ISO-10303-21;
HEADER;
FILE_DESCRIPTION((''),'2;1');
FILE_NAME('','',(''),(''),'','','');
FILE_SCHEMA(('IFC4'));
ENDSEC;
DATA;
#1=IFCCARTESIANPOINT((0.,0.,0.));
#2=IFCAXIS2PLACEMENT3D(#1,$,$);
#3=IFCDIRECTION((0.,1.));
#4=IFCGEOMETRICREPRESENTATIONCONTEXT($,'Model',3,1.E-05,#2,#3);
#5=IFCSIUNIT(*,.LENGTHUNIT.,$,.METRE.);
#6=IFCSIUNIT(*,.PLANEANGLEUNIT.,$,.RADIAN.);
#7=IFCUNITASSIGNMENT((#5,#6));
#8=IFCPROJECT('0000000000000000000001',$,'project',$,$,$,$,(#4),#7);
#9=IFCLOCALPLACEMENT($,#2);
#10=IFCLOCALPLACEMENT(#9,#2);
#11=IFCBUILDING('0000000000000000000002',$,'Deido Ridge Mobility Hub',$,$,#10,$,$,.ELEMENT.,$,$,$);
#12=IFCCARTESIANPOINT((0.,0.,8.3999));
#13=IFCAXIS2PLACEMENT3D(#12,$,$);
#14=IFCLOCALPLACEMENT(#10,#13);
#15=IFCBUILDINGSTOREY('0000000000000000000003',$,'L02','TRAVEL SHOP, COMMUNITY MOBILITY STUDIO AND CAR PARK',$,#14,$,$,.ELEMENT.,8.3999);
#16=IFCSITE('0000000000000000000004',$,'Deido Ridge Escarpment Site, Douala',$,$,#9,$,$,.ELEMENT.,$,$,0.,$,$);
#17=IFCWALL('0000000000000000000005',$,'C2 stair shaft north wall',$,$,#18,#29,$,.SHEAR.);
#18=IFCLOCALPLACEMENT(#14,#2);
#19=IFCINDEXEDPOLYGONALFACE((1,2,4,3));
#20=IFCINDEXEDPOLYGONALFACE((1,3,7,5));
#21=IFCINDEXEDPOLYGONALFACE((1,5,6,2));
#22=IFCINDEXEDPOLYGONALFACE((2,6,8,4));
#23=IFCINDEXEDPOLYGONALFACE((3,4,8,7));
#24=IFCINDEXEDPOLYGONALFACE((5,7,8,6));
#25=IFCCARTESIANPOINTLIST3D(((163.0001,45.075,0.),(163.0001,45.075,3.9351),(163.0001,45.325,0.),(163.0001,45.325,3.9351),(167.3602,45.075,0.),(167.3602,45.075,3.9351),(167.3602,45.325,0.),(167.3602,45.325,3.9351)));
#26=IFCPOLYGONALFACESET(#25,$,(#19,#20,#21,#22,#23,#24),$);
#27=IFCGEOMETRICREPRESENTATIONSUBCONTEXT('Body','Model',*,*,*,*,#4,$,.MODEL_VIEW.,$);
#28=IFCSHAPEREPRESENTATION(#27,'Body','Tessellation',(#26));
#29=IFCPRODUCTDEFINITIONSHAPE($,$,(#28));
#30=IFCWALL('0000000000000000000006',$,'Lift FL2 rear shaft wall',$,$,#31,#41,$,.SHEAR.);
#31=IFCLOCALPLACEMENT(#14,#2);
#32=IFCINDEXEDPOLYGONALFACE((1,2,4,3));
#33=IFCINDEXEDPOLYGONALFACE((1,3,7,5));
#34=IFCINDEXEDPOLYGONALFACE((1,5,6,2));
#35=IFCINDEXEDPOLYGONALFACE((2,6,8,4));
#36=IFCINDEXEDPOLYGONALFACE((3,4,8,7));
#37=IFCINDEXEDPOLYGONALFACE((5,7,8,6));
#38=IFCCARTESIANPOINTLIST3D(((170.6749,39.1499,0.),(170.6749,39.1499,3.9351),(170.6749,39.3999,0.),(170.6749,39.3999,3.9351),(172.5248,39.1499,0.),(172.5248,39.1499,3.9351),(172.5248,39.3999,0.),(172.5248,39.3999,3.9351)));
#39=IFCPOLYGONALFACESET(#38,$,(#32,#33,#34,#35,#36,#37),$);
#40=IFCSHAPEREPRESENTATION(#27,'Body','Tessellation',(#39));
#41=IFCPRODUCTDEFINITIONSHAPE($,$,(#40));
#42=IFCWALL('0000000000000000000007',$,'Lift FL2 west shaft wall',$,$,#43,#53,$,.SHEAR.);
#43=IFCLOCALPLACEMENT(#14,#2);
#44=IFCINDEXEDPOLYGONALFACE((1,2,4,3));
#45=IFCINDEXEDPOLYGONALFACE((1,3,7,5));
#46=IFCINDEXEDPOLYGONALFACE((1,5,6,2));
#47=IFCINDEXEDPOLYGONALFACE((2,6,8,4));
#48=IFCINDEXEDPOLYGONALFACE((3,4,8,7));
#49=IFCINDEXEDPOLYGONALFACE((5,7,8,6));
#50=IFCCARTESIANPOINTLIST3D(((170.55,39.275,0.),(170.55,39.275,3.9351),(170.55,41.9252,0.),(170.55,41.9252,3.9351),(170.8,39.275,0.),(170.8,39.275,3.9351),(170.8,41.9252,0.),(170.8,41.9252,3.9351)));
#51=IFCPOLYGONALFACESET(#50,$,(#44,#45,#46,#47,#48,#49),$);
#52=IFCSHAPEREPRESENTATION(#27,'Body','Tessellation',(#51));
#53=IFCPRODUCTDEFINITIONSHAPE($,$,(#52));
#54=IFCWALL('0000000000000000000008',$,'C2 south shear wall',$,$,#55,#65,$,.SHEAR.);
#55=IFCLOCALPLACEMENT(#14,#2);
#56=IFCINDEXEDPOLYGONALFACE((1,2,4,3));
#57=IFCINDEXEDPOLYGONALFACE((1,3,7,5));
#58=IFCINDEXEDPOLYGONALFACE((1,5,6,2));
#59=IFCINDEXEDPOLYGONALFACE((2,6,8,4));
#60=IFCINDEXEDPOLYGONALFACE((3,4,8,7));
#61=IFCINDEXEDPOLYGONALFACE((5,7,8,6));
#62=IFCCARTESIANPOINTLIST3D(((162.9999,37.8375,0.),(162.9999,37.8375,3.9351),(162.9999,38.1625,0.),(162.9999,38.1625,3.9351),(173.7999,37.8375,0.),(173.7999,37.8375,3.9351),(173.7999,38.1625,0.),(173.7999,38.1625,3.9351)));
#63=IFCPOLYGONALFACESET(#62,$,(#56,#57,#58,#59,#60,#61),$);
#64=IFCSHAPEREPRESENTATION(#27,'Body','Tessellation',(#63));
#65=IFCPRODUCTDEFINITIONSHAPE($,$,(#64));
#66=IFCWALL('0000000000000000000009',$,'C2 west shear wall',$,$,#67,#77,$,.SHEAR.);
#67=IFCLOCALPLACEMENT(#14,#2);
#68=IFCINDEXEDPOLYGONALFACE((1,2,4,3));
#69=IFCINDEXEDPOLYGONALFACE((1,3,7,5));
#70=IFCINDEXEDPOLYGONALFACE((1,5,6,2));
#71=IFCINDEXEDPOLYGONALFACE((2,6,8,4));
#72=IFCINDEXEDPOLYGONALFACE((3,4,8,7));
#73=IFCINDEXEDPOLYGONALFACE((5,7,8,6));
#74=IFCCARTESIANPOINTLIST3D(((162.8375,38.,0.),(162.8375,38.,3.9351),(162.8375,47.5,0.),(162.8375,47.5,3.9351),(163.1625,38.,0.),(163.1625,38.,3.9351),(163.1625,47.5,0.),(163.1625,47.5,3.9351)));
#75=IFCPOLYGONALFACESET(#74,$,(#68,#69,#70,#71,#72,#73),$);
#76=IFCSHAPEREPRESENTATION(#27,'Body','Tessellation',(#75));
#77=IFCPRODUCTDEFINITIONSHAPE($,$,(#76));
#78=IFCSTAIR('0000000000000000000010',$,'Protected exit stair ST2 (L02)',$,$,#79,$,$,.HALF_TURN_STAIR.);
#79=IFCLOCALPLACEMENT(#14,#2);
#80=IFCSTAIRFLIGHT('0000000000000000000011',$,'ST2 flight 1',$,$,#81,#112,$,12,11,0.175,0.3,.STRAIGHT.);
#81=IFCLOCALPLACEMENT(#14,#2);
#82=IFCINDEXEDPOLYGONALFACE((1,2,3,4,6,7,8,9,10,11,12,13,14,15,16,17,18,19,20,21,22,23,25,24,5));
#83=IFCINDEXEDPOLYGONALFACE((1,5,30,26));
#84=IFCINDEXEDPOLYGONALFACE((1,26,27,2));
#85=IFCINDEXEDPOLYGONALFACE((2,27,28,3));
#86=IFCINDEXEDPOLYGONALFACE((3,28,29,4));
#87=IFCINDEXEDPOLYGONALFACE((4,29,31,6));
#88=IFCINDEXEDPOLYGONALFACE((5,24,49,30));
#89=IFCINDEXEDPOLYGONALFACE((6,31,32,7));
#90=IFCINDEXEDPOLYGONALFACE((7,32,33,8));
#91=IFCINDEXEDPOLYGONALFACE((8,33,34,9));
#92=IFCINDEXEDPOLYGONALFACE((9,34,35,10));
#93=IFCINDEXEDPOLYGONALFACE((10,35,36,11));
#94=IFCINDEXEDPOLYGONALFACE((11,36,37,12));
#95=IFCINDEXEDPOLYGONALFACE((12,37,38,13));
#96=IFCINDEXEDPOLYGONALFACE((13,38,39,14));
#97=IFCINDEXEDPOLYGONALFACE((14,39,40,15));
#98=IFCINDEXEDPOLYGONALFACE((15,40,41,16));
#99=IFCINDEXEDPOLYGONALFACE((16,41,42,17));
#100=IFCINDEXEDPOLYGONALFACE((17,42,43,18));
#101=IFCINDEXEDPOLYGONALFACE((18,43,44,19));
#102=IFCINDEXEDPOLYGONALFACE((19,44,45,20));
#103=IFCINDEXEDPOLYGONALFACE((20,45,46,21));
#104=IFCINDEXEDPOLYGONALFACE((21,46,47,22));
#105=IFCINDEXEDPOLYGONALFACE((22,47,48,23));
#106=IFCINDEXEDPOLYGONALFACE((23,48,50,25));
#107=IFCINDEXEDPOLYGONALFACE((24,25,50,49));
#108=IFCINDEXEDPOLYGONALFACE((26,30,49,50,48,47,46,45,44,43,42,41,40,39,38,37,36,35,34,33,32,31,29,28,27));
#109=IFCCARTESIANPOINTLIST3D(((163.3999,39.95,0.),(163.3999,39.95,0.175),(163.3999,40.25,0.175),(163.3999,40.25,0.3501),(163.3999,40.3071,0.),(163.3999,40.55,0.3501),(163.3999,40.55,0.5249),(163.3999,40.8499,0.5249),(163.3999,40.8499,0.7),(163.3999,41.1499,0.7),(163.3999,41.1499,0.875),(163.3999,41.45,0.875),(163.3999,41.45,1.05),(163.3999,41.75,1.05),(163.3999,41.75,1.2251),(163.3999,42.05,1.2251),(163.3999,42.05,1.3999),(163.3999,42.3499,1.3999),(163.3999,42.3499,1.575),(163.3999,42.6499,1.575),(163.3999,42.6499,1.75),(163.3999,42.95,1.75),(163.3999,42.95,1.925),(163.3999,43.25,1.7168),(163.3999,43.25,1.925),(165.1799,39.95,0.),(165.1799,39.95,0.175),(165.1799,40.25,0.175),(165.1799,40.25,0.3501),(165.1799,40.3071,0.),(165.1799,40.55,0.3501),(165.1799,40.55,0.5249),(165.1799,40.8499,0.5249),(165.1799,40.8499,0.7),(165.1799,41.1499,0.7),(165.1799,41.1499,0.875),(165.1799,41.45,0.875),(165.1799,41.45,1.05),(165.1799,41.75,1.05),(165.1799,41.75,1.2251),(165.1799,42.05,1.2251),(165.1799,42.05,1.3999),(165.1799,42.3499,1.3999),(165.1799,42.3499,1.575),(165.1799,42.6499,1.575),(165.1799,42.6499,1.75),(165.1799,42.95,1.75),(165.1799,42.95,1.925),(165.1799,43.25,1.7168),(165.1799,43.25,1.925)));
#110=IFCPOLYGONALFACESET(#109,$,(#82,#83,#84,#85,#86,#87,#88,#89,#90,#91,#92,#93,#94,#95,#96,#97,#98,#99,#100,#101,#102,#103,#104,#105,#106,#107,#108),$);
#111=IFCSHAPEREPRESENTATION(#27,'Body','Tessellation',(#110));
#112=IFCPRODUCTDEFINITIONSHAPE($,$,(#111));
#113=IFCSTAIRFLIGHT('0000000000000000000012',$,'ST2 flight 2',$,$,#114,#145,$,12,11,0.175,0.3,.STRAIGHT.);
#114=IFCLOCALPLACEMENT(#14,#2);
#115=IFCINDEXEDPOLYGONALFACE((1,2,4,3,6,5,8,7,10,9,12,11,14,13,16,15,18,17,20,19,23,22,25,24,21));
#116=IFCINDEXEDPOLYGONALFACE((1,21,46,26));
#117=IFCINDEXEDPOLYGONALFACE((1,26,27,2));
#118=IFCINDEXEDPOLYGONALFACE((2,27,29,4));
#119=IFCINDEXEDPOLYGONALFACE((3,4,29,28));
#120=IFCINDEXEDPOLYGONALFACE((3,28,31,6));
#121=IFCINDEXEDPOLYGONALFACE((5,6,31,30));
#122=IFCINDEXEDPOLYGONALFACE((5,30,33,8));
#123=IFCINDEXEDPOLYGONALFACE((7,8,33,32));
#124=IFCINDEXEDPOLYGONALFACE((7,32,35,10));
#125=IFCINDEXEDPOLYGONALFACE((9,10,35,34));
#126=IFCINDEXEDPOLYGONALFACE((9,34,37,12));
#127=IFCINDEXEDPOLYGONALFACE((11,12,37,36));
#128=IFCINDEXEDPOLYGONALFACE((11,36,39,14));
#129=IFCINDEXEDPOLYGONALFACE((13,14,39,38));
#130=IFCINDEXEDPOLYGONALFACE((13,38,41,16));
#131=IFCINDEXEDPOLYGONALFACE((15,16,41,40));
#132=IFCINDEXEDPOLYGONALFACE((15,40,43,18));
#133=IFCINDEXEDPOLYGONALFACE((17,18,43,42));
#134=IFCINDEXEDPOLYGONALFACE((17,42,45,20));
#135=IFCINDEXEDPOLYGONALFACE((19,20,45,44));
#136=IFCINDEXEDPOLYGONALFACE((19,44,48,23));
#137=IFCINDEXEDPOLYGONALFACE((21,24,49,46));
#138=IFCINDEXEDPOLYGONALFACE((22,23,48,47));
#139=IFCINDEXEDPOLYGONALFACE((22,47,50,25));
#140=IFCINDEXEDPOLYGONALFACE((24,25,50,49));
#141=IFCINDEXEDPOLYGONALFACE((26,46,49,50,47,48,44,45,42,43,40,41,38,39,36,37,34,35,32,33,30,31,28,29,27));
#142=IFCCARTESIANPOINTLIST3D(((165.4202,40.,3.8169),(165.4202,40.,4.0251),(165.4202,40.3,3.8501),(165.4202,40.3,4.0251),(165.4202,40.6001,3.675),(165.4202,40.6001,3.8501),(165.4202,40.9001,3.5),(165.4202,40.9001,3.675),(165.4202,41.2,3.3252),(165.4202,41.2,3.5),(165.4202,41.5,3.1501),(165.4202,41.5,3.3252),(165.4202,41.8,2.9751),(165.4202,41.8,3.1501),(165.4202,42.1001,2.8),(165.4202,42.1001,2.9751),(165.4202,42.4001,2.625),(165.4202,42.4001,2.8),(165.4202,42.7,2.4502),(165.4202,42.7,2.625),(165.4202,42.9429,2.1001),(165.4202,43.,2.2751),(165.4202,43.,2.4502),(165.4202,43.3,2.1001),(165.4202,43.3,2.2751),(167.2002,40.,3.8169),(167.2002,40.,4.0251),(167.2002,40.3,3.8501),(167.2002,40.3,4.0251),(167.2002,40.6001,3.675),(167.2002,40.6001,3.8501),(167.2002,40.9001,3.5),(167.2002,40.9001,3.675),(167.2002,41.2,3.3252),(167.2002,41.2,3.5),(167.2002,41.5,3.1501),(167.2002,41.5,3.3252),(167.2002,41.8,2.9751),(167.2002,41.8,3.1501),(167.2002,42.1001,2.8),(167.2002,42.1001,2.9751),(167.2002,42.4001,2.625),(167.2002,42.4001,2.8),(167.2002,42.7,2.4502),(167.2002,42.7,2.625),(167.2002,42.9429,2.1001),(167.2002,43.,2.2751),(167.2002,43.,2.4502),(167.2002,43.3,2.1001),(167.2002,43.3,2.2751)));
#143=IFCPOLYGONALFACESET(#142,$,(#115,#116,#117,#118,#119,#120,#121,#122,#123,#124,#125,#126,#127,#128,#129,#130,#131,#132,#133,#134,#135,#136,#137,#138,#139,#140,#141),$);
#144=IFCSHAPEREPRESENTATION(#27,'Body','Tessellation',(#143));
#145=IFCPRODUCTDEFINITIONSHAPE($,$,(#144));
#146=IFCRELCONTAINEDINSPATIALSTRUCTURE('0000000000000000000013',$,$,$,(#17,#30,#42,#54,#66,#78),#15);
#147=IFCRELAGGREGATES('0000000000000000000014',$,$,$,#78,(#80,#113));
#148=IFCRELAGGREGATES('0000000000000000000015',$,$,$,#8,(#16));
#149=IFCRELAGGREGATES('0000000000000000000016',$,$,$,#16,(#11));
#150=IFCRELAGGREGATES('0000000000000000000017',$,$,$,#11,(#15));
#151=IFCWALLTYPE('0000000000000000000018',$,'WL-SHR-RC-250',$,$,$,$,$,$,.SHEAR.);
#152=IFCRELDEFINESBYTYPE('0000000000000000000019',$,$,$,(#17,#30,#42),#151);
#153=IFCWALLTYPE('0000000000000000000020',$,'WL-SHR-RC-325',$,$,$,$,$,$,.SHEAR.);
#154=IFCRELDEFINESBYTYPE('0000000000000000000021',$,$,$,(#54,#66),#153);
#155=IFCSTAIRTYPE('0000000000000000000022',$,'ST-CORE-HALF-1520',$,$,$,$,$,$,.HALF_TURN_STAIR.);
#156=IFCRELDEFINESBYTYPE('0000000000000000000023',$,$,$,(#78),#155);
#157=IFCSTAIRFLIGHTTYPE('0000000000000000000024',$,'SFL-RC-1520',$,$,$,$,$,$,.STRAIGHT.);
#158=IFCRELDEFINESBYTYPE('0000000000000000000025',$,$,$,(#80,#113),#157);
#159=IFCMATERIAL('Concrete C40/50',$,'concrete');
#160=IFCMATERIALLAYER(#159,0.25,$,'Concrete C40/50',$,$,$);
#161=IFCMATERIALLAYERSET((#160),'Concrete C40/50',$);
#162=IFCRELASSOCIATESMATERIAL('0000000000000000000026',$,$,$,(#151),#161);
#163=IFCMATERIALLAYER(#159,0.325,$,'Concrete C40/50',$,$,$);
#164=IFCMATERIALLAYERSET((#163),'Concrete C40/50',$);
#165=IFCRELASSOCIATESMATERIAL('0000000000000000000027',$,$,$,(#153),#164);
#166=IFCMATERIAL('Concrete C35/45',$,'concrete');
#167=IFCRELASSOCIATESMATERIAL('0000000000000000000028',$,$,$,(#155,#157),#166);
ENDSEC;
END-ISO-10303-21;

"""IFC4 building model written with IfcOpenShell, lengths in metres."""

from ifc_helpers import new_model, si_unit, direction, frame, frame_2d, origin, place, context, subcontext, project, spatial, polyline, rectangle, outline, extrude, material, layer, layer_set, type_object, element, aggregate, save


model = new_model("IFC4")

# Units and contexts
model_context = context("Model", 3, precision=1e-05, world=origin(), true_north=direction((0.0, 1.0)))
body_context = subcontext(model_context, "Body", "Model", "MODEL_VIEW")
ifc_project = project(units=[si_unit("LENGTHUNIT", "METRE"), si_unit("PLANEANGLEUNIT", "RADIAN")], contexts=[model_context])

# Site, building, storey
site_placement = place(None, origin())
site = spatial("IfcSite", under=ifc_project, at=site_placement, Name="Deido Ridge Escarpment Site, Douala", CompositionType="ELEMENT", RefElevation=0.0)
building_placement = place(site_placement, origin())
building = spatial("IfcBuilding", under=site, at=building_placement, Name="Deido Ridge Mobility Hub", CompositionType="ELEMENT")
storey_placement = place(building_placement, frame((0.0, 0.0, 8.3999)))
storey = spatial("IfcBuildingStorey", under=building, at=storey_placement, Name="L02", Description="TRAVEL SHOP, COMMUNITY MOBILITY STUDIO AND CAR PARK", CompositionType="ELEMENT", Elevation=8.3999)

# Shared definitions
ifc_material_1 = material(Name="Concrete C40/50", Category="concrete")
ifc_layer_1 = layer(ifc_material_1, 0.25, Name="Concrete C40/50")
ifc_layer_set_1 = layer_set([ifc_layer_1], Name="Concrete C40/50")
wall_type_1 = type_object("IfcWallType", Name="WL-SHR-RC-250", PredefinedType="SHEAR", material=ifc_layer_set_1)

# Walls
wall_1_placement = place(storey_placement, frame((163.0, 45.2, 0.0), z_axis=(0.0, 0.0, 1.0), x_axis=(1.0, 0.0, 0.0)))
element("IfcWall", 1, at=wall_1_placement, inside=storey, type_object=wall_type_1, Name="C2 stair shaft north wall", PredefinedType="SHEAR", context=body_context, shape_type="SweptSolid", body=[
    extrude(rectangle(XDim=4.3601, YDim=0.25, at=frame_2d((2.1802, 0.0))), origin(), (0.0, 0.0, 1.0), 3.9351),
])
wall_2_placement = place(storey_placement, frame((170.675, 39.2749, 0.0), z_axis=(0.0, 0.0, 1.0), x_axis=(1.0, 0.0, 0.0)))
element("IfcWall", 2, at=wall_2_placement, inside=storey, type_object=wall_type_1, Name="Lift FL2 rear shaft wall", PredefinedType="SHEAR", context=body_context, shape_type="SweptSolid", body=[
    extrude(rectangle(XDim=1.8499, YDim=0.25, at=frame_2d((0.9248, 0.0))), origin(), (0.0, 0.0, 1.0), 3.9351),
])
wall_3_placement = place(storey_placement, frame((170.675, 39.2749, 0.0), z_axis=(0.0, 0.0, 1.0), x_axis=(0.0, 1.0, 0.0)))
element("IfcWall", 3, at=wall_3_placement, inside=storey, type_object=wall_type_1, Name="Lift FL2 west shaft wall", PredefinedType="SHEAR", context=body_context, shape_type="SweptSolid", body=[
    extrude(rectangle(XDim=2.6501, YDim=0.25, at=frame_2d((1.3252, 0.0))), origin(), (0.0, 0.0, 1.0), 3.9351),
])

# Walls
ifc_layer_2 = layer(ifc_material_1, 0.325, Name="Concrete C40/50")
ifc_layer_set_2 = layer_set([ifc_layer_2], Name="Concrete C40/50")
wall_type_2 = type_object("IfcWallType", Name="WL-SHR-RC-325", PredefinedType="SHEAR", material=ifc_layer_set_2)
wall_4_placement = place(storey_placement, frame((163.0, 38.0, 0.0), z_axis=(0.0, 0.0, 1.0), x_axis=(1.0, 0.0, 0.0)))
element("IfcWall", 4, at=wall_4_placement, inside=storey, type_object=wall_type_2, Name="C2 south shear wall", PredefinedType="SHEAR", context=body_context, shape_type="SweptSolid", body=[
    extrude(rectangle(XDim=10.8, YDim=0.325, at=frame_2d((5.3999, 0.0))), origin(), (0.0, 0.0, 1.0), 3.9351),
])
wall_5_placement = place(storey_placement, frame((163.0, 47.5, 0.0), z_axis=(0.0, 0.0, 1.0), x_axis=(0.0, -1.0, 0.0)))
element("IfcWall", 5, at=wall_5_placement, inside=storey, type_object=wall_type_2, Name="C2 west shear wall", PredefinedType="SHEAR", context=body_context, shape_type="SweptSolid", body=[
    extrude(rectangle(XDim=9.5, YDim=0.325, at=frame_2d((4.75, 0.0))), origin(), (0.0, 0.0, 1.0), 3.9351),
])

# Stair, stair flights
ifc_material_2 = material(Name="Concrete C35/45", Category="concrete")
stair_type = type_object("IfcStairType", Name="ST-CORE-HALF-1520", PredefinedType="HALF_TURN_STAIR", material=ifc_material_2)
stair_placement = place(storey_placement, origin())
stair = element("IfcStair", 6, at=stair_placement, inside=storey, type_object=stair_type, Name="Protected exit stair ST2 (L02)", PredefinedType="HALF_TURN_STAIR")
stair_flight_type = type_object("IfcStairFlightType", Name="SFL-RC-1520", PredefinedType="STRAIGHT", material=ifc_material_2)
stair_flight_1_placement = place(storey_placement, frame((164.29, 39.95, 0.0), z_axis=(0.0, 0.0, 1.0), x_axis=(0.0, 1.0, 0.0)))
stair_flight_1 = element("IfcStairFlight", 7, at=stair_flight_1_placement, type_object=stair_flight_type, Name="ST2 flight 1", NumberOfRisers=12, NumberOfTreads=11, PredefinedType="STRAIGHT", RiserHeight=0.175, TreadLength=0.3, context=body_context, shape_type="SweptSolid", body=[
    extrude(outline(polyline([(0.0, 0.0), (0.0, 0.175), (0.3, 0.175), (0.3, 0.3501), (0.6001, 0.3501), (0.6001, 0.5249), (0.8999, 0.5249), (0.8999, 0.7), (1.2, 0.7), (1.2, 0.875), (1.5, 0.875), (1.5, 1.05), (1.8, 1.05), (1.8, 1.2251), (2.1001, 1.2251), (2.1001, 1.3999), (2.3999, 1.3999), (2.3999, 1.575), (2.7, 1.575), (2.7, 1.75), (3.0, 1.75), (3.0, 1.925), (3.3, 1.925), (3.3, 2.1001), (3.3, 1.7168), (0.3572, 0.0), (0.0, 0.0)])), frame((0.0, 0.8901, 0.0), z_axis=(0.0, -1.0, 0.0), x_axis=(1.0, 0.0, 0.0)), (0.0, 0.0, 1.0), 1.78),
])
stair_flight_2_placement = place(storey_placement, frame((166.3101, 43.3, 2.1001), z_axis=(0.0, 0.0, 1.0), x_axis=(0.0, -1.0, 0.0)))
stair_flight_2 = element("IfcStairFlight", 8, at=stair_flight_2_placement, type_object=stair_flight_type, Name="ST2 flight 2", NumberOfRisers=12, NumberOfTreads=11, PredefinedType="STRAIGHT", RiserHeight=0.175, TreadLength=0.3, context=body_context, shape_type="SweptSolid", body=[
    extrude(outline(polyline([(0.0, 0.0), (0.0, 0.175), (0.3, 0.175), (0.3, 0.3501), (0.6001, 0.3501), (0.6001, 0.5249), (0.8999, 0.5249), (0.8999, 0.7), (1.2, 0.7), (1.2, 0.875), (1.5, 0.875), (1.5, 1.05), (1.8, 1.05), (1.8, 1.2251), (2.1001, 1.2251), (2.1001, 1.3999), (2.3999, 1.3999), (2.3999, 1.575), (2.7, 1.575), (2.7, 1.75), (3.0, 1.75), (3.0, 1.925), (3.3, 1.925), (3.3, 2.1001), (3.3, 1.7168), (0.3572, 0.0), (0.0, 0.0)])), frame((0.0, 0.8901, 0.0), z_axis=(0.0, -1.0, 0.0), x_axis=(1.0, 0.0, 0.0)), (0.0, 0.0, 1.0), 1.78),
])
aggregate(stair, [stair_flight_1, stair_flight_2])

save(model, "model.ifc")
